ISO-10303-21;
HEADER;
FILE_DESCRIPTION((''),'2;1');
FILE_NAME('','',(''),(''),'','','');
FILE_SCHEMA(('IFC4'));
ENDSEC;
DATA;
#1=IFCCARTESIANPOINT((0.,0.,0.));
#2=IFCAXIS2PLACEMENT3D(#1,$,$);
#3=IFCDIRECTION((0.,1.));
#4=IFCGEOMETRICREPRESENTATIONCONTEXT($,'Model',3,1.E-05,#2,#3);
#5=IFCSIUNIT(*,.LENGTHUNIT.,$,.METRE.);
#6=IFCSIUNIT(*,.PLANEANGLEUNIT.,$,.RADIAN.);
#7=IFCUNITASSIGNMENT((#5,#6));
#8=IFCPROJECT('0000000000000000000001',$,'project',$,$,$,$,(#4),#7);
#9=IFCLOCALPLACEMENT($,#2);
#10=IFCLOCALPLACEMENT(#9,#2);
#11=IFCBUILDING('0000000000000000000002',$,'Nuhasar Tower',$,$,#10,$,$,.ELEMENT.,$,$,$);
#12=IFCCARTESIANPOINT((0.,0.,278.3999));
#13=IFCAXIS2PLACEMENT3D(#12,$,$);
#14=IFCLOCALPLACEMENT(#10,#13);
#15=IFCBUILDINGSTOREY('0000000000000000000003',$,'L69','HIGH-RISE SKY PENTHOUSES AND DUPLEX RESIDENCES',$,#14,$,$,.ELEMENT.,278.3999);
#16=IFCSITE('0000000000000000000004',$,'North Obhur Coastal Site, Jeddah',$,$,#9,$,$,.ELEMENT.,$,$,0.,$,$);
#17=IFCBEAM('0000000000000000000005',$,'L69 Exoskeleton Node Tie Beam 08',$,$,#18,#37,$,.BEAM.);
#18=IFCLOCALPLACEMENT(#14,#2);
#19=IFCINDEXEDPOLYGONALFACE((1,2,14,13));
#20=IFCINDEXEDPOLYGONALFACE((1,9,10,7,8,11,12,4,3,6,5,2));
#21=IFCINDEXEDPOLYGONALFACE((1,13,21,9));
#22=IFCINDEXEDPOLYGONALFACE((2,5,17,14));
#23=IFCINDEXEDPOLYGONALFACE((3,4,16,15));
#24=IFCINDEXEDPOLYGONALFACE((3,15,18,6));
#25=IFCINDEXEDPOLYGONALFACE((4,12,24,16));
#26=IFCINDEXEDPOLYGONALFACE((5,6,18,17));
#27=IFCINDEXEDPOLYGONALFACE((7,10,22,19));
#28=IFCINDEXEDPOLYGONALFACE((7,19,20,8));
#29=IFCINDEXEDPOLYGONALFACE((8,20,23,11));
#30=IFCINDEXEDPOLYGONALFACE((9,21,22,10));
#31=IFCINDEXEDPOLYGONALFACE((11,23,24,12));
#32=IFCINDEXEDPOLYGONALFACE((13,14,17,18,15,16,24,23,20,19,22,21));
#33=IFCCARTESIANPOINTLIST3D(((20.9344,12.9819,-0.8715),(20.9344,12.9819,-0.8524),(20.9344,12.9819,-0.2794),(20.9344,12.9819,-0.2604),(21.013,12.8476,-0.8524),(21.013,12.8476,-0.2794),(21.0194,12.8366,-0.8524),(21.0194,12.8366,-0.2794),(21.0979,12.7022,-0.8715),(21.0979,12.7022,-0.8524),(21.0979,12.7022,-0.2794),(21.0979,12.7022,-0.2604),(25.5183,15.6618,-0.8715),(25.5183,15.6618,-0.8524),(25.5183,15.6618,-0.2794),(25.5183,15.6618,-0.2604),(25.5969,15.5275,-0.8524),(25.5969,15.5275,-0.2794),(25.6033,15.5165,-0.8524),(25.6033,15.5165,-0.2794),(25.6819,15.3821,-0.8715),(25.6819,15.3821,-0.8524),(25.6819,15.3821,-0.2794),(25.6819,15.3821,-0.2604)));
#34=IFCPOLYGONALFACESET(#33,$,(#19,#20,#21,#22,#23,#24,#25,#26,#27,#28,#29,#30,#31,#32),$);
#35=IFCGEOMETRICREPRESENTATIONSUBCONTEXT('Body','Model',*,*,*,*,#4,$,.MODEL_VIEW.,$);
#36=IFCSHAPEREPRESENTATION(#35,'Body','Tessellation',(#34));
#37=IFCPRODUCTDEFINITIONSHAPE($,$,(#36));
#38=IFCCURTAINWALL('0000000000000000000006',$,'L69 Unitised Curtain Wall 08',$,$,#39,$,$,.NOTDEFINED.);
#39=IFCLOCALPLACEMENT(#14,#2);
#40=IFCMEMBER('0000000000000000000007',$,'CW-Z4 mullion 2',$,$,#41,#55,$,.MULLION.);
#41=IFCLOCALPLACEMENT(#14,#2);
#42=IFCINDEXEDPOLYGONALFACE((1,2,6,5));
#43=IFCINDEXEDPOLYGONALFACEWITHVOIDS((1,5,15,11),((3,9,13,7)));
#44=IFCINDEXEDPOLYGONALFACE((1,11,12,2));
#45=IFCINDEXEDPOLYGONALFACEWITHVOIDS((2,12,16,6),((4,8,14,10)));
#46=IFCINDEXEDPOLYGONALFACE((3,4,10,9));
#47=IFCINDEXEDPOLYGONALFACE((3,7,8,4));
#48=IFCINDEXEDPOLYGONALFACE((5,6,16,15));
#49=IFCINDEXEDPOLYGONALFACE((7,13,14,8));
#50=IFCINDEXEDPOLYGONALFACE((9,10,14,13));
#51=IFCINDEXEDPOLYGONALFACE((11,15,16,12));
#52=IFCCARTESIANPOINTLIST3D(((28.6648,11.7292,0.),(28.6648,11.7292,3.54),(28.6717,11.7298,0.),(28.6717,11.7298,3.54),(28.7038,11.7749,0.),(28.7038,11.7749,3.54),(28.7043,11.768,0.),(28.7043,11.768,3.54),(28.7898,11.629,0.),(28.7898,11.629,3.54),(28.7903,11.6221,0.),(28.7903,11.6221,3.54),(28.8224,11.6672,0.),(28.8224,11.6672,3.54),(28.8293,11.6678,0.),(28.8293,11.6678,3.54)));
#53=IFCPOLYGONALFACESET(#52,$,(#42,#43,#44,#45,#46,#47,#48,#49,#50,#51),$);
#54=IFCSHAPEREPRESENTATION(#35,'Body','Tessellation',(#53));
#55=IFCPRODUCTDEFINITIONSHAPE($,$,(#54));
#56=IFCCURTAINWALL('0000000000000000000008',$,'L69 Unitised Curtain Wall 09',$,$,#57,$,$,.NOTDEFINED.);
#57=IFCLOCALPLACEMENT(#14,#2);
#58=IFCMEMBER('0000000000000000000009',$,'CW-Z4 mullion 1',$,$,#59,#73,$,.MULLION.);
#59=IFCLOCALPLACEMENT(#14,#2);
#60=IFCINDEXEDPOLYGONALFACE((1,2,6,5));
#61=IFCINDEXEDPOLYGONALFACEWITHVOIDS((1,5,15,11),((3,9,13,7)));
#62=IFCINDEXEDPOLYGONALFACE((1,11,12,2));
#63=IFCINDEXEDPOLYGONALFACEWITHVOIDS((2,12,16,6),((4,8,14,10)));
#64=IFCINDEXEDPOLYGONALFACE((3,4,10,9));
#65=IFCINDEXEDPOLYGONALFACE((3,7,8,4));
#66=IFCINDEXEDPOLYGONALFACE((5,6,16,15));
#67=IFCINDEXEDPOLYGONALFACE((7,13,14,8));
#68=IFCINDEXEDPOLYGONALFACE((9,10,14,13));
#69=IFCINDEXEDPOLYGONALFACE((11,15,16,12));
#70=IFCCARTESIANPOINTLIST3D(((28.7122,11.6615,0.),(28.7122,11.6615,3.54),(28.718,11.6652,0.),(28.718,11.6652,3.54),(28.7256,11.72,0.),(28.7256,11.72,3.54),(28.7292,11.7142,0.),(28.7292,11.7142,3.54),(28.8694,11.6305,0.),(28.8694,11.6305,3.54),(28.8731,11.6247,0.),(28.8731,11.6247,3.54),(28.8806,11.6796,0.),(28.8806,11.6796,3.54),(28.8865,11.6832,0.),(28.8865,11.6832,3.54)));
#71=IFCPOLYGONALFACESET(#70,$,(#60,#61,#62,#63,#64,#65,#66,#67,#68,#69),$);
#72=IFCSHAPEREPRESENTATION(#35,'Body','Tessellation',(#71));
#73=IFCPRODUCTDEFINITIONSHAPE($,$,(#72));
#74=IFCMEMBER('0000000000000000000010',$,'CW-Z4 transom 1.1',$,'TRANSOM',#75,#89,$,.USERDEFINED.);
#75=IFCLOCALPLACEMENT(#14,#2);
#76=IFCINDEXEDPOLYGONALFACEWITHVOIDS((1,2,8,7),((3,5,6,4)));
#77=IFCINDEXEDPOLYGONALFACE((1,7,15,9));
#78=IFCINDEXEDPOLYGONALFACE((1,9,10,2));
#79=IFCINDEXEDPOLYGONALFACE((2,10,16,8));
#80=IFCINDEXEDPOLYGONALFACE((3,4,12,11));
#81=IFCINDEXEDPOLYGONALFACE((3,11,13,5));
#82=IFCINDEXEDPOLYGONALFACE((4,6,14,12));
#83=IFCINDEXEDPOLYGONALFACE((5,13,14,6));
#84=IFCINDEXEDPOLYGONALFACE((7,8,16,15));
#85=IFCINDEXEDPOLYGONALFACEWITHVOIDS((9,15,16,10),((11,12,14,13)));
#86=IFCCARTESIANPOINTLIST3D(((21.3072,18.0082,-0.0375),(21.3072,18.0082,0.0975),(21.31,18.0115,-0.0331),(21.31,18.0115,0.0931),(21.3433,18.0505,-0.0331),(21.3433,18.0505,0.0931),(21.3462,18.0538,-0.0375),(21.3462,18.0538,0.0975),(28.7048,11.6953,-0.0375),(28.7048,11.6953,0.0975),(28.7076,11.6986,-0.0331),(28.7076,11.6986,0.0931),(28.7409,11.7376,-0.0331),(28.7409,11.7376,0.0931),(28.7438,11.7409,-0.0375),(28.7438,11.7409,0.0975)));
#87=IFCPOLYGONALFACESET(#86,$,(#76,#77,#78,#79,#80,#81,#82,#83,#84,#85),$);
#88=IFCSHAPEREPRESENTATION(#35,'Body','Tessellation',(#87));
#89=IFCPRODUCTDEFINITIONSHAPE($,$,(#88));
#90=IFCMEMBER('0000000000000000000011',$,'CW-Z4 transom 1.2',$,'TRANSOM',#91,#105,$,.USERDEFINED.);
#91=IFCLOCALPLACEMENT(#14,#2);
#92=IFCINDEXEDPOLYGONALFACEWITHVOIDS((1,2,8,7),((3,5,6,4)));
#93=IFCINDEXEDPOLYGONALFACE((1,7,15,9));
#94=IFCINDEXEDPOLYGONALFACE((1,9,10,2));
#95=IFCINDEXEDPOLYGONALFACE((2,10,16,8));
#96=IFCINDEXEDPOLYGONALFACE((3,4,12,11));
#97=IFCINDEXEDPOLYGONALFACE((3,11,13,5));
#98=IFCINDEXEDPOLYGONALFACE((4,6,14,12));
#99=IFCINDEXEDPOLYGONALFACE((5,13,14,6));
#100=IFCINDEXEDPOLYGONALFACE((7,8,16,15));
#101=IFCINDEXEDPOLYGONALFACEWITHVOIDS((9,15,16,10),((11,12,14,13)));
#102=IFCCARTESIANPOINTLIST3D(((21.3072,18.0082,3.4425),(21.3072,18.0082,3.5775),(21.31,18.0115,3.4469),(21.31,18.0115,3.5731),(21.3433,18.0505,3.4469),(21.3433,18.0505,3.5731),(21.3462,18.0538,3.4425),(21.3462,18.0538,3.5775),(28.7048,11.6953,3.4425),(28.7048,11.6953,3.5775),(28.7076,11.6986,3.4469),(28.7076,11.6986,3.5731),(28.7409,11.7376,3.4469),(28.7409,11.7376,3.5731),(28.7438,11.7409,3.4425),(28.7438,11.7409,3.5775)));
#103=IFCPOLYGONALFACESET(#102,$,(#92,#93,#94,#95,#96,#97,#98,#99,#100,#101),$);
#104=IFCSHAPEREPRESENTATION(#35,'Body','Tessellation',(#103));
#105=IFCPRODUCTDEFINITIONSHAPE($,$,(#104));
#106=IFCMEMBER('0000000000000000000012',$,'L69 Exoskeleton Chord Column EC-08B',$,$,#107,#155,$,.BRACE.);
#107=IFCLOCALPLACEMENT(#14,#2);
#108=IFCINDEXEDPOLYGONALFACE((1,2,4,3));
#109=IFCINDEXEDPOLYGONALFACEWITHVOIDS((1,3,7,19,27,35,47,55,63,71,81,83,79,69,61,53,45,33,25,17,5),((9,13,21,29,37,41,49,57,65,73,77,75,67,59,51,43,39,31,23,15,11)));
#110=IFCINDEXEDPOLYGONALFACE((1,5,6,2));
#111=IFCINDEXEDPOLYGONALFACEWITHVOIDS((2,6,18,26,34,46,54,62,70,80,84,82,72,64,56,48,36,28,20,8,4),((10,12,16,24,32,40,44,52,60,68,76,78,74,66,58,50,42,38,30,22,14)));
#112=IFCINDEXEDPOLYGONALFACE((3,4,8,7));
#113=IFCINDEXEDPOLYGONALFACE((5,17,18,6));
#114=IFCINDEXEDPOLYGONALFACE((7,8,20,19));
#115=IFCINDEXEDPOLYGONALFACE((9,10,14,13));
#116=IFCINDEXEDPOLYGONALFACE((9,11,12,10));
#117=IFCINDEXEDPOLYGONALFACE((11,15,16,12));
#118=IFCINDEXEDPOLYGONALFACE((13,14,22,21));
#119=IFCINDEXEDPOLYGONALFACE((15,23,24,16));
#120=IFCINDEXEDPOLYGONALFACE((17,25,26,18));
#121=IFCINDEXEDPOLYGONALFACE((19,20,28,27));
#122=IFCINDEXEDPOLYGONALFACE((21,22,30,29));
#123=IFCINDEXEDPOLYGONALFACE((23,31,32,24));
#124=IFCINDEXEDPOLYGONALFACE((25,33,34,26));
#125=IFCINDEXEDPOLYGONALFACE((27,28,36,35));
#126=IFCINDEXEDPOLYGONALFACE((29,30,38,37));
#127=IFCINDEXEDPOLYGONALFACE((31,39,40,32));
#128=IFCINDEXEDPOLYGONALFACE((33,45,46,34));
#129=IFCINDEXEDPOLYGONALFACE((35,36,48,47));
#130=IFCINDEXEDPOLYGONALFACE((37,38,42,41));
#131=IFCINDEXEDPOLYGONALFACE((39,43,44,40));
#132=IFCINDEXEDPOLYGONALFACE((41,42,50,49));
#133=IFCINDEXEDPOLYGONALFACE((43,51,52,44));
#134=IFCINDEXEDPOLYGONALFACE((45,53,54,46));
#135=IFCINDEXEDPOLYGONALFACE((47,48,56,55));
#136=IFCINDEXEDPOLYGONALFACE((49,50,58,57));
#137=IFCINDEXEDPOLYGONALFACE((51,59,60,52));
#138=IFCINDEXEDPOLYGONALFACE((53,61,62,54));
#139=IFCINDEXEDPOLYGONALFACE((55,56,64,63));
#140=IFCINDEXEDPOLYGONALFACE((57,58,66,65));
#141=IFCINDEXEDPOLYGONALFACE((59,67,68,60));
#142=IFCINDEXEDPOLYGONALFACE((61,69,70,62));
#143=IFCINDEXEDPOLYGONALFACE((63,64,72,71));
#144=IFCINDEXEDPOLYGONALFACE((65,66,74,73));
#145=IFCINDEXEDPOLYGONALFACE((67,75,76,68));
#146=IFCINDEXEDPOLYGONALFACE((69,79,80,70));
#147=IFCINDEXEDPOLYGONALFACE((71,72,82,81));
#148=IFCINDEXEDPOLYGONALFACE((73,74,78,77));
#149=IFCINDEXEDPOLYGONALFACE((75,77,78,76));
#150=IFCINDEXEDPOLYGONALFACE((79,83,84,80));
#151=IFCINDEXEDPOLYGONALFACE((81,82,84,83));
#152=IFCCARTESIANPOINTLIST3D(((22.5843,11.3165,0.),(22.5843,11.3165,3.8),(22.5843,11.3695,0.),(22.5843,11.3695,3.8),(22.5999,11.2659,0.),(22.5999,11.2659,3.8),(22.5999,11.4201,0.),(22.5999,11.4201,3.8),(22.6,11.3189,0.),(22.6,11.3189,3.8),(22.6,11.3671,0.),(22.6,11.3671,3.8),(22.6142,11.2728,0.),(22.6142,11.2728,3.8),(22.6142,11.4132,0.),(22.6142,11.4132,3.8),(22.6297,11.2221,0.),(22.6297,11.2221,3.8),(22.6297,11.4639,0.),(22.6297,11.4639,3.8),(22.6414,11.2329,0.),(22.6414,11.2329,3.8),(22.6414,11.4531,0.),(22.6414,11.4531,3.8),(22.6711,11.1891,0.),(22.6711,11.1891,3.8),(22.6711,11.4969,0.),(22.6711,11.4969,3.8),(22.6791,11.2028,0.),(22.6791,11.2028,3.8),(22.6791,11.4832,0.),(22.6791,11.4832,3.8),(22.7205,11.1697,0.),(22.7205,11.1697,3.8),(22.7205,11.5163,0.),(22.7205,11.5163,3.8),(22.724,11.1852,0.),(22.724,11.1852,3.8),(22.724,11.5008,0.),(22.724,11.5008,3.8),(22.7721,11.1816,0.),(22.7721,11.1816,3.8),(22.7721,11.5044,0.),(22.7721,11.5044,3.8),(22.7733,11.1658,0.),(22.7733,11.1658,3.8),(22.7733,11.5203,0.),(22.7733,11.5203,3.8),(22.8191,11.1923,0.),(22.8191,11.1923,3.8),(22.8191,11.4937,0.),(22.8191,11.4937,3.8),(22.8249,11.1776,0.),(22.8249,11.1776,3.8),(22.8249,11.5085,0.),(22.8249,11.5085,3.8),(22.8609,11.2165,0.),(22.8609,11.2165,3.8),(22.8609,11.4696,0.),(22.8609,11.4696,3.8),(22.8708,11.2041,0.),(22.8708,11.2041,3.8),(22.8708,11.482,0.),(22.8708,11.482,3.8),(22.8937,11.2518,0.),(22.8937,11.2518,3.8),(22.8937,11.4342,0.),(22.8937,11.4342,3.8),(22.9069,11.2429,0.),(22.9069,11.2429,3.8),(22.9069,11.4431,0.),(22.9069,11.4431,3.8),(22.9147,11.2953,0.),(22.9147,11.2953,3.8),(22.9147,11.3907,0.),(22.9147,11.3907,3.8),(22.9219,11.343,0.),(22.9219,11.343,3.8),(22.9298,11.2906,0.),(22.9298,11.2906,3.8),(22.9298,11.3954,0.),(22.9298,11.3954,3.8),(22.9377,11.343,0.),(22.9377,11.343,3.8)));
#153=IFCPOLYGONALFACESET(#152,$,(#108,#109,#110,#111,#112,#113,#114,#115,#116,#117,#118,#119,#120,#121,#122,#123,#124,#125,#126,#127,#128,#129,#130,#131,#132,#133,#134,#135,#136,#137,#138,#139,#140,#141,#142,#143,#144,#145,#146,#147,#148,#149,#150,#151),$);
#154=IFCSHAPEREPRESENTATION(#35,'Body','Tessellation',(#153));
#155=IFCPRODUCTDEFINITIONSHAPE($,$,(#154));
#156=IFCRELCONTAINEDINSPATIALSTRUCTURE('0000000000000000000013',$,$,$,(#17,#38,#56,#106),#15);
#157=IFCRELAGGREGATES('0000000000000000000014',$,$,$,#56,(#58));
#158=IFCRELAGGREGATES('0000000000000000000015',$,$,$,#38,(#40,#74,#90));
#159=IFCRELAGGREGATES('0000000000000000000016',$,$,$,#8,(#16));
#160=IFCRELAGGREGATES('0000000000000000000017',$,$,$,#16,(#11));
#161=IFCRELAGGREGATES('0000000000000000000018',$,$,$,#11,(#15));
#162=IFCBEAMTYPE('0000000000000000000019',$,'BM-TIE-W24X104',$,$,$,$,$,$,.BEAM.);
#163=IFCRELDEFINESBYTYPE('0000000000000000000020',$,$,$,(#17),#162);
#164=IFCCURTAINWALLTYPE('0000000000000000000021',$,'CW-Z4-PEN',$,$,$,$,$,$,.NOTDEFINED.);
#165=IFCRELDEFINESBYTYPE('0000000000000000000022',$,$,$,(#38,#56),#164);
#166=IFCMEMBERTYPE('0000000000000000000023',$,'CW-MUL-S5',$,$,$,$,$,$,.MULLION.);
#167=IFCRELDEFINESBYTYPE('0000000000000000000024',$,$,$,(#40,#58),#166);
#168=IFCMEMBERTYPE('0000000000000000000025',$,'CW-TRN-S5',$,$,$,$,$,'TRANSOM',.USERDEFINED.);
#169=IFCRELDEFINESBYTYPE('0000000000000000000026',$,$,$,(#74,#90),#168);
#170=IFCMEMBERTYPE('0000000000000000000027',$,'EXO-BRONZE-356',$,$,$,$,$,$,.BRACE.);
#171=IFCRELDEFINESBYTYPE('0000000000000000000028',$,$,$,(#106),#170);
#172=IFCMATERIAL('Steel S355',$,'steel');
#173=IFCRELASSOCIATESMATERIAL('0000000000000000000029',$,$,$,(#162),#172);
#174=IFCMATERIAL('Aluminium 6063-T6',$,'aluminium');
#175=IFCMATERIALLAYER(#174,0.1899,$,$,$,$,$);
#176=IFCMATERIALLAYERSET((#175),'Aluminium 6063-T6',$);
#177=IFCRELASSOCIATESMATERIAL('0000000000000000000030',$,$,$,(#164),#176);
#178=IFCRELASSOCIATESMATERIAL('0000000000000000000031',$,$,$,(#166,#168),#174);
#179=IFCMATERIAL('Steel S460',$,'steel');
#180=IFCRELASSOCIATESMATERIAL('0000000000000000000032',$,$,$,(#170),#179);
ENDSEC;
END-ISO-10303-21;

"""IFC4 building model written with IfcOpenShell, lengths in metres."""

from ifc_helpers import new_model, si_unit, direction, frame, origin, origin_2d, place, context, subcontext, project, spatial, hollow_rectangle, hollow_circle, i_section, extrude, material, layer, layer_set, material_profile, profile_set, type_object, element, aggregate, save


model = new_model("IFC4")

# Units and contexts
model_context = context("Model", 3, precision=1e-05, world=origin(), true_north=direction((0.0, 1.0)))
body_context = subcontext(model_context, "Body", "Model", "MODEL_VIEW")
ifc_project = project(units=[si_unit("LENGTHUNIT", "METRE"), si_unit("PLANEANGLEUNIT", "RADIAN")], contexts=[model_context])

# Site, building, storey
site_placement = place(None, origin())
site = spatial("IfcSite", under=ifc_project, at=site_placement, Name="North Obhur Coastal Site, Jeddah", CompositionType="ELEMENT", RefElevation=0.0)
building_placement = place(site_placement, origin())
building = spatial("IfcBuilding", under=site, at=building_placement, Name="Nuhasar Tower", CompositionType="ELEMENT")
storey_placement = place(building_placement, frame((0.0, 0.0, 278.3999)))
storey = spatial("IfcBuildingStorey", under=building, at=storey_placement, Name="L69", Description="HIGH-RISE SKY PENTHOUSES AND DUPLEX RESIDENCES", CompositionType="ELEMENT", Elevation=278.3999)

# Beam
ifc_material_1 = material(Name="Steel S355", Category="steel")
ifc_material_profile_1 = material_profile(ifc_material_1, i_section(OverallWidth=0.324, OverallDepth=0.6111, WebThickness=0.0127, FlangeThickness=0.019, at=origin_2d()), Name="W24X104")
ifc_profile_set_1 = profile_set([ifc_material_profile_1], Name="Steel S355")
beam_type_1 = type_object("IfcBeamType", Name="BM-TIE-W24X104", PredefinedType="BEAM", material=ifc_profile_set_1)
beam_1_placement = place(storey_placement, frame((25.6001, 15.522, -0.5659), z_axis=(-0.863292, -0.504706, 0.0), x_axis=(0.504706, -0.863292, 0.0)))
element("IfcBeam", 1, at=beam_1_placement, inside=storey, type_object=beam_type_1, Name="L69 Exoskeleton Node Tie Beam 08", PredefinedType="BEAM", context=body_context, shape_type="SweptSolid", body=[
    extrude(i_section(OverallWidth=0.324, OverallDepth=0.6111, WebThickness=0.0127, FlangeThickness=0.019, at=origin_2d()), origin(), (0.0, 0.0, 1.0), 5.3098),
])

# Curtain walls, members
ifc_material_2 = material(Name="Aluminium 6063-T6", Category="aluminium")
ifc_layer_1 = layer(ifc_material_2, 0.1899)
ifc_layer_set_1 = layer_set([ifc_layer_1], Name="Aluminium 6063-T6")
curtain_wall_type = type_object("IfcCurtainWallType", Name="CW-Z4-PEN", PredefinedType="NOTDEFINED", material=ifc_layer_set_1)
curtain_wall_1_placement = place(storey_placement, origin())
curtain_wall_1 = element("IfcCurtainWall", 2, at=curtain_wall_1_placement, inside=storey, type_object=curtain_wall_type, Name="L69 Unitised Curtain Wall 08", PredefinedType="NOTDEFINED")
ifc_material_profile_2 = material_profile(ifc_material_2, hollow_rectangle(XDim=0.0601, YDim=0.165, WallThickness=0.0049, at=origin_2d()), Name="CWM-5")
ifc_profile_set_2 = profile_set([ifc_material_profile_2], Name="Aluminium 6063-T6")
member_type_1 = type_object("IfcMemberType", Name="CW-MUL-S5", PredefinedType="MULLION", material=ifc_profile_set_2)
member_1_placement = place(storey_placement, frame((28.7471, 11.6985, 0.0), z_axis=(0.0, 0.0, 1.0), x_axis=(0.649142, 0.760667, 0.0)))
member_1 = element("IfcMember", 3, at=member_1_placement, type_object=member_type_1, Name="CW-Z4 mullion 2", PredefinedType="MULLION", context=body_context, shape_type="SweptSolid", body=[
    extrude(hollow_rectangle(XDim=0.0601, YDim=0.165, WallThickness=0.0049, at=origin_2d()), origin(), (0.0, 0.0, 1.0), 3.54),
])
curtain_wall_2_placement = place(storey_placement, origin())
curtain_wall_2 = element("IfcCurtainWall", 4, at=curtain_wall_2_placement, inside=storey, type_object=curtain_wall_type, Name="L69 Unitised Curtain Wall 09", PredefinedType="NOTDEFINED")
member_2_placement = place(storey_placement, frame((28.7993, 11.6724, 0.0), z_axis=(0.0, 0.0, 1.0), x_axis=(0.222889, 0.974844, 0.0)))
member_2 = element("IfcMember", 5, at=member_2_placement, type_object=member_type_1, Name="CW-Z4 mullion 1", PredefinedType="MULLION", context=body_context, shape_type="SweptSolid", body=[
    extrude(hollow_rectangle(XDim=0.0601, YDim=0.165, WallThickness=0.0049, at=origin_2d()), origin(), (0.0, 0.0, 1.0), 3.54),
])
aggregate(curtain_wall_2, [member_2])

# Members
ifc_material_profile_3 = material_profile(ifc_material_2, hollow_rectangle(XDim=0.0601, YDim=0.135, WallThickness=0.0044, at=origin_2d()), Name="CWT-5")
ifc_profile_set_3 = profile_set([ifc_material_profile_3], Name="Aluminium 6063-T6")
member_type_2 = type_object("IfcMemberType", Name="CW-TRN-S5", ElementType="TRANSOM", PredefinedType="USERDEFINED", material=ifc_profile_set_3)
member_3_placement = place(storey_placement, frame((21.3267, 18.031, 0.03), z_axis=(0.760672, -0.649136, 0.0), x_axis=(0.649136, 0.760672, 0.0)))
member_3 = element("IfcMember", 6, at=member_3_placement, type_object=member_type_2, Name="CW-Z4 transom 1.1", ObjectType="TRANSOM", PredefinedType="USERDEFINED", context=body_context, shape_type="SweptSolid", body=[
    extrude(hollow_rectangle(XDim=0.0601, YDim=0.135, WallThickness=0.0044, at=origin_2d()), origin(), (0.0, 0.0, 1.0), 9.7251),
])
member_4_placement = place(storey_placement, frame((21.3267, 18.031, 3.51), z_axis=(0.760672, -0.649136, 0.0), x_axis=(0.649136, 0.760672, 0.0)))
member_4 = element("IfcMember", 7, at=member_4_placement, type_object=member_type_2, Name="CW-Z4 transom 1.2", ObjectType="TRANSOM", PredefinedType="USERDEFINED", context=body_context, shape_type="SweptSolid", body=[
    extrude(hollow_rectangle(XDim=0.0601, YDim=0.135, WallThickness=0.0044, at=origin_2d()), origin(), (0.0, 0.0, 1.0), 9.7251),
])

# Member
ifc_material_3 = material(Name="Steel S460", Category="steel")
ifc_material_profile_4 = material_profile(ifc_material_3, hollow_circle(Radius=0.1777, WallThickness=0.0159, at=origin_2d()), Name="HSS355.6X15.9")
ifc_profile_set_4 = profile_set([ifc_material_profile_4], Name="Steel S460")
member_type_3 = type_object("IfcMemberType", Name="EXO-BRONZE-356", PredefinedType="BRACE", material=ifc_profile_set_4)
member_5_placement = place(storey_placement, frame((22.76, 11.343, 0.0), z_axis=(0.0, 0.0, 1.0), x_axis=(1.0, 0.0, 0.0)))
element("IfcMember", 8, at=member_5_placement, inside=storey, type_object=member_type_3, Name="L69 Exoskeleton Chord Column EC-08B", PredefinedType="BRACE", context=body_context, shape_type="SweptSolid", body=[
    extrude(hollow_circle(Radius=0.1777, WallThickness=0.0159, at=origin_2d()), origin(), (0.0, 0.0, 1.0), 3.8),
])

aggregate(curtain_wall_1, [member_1, member_3, member_4])

save(model, "model.ifc")
